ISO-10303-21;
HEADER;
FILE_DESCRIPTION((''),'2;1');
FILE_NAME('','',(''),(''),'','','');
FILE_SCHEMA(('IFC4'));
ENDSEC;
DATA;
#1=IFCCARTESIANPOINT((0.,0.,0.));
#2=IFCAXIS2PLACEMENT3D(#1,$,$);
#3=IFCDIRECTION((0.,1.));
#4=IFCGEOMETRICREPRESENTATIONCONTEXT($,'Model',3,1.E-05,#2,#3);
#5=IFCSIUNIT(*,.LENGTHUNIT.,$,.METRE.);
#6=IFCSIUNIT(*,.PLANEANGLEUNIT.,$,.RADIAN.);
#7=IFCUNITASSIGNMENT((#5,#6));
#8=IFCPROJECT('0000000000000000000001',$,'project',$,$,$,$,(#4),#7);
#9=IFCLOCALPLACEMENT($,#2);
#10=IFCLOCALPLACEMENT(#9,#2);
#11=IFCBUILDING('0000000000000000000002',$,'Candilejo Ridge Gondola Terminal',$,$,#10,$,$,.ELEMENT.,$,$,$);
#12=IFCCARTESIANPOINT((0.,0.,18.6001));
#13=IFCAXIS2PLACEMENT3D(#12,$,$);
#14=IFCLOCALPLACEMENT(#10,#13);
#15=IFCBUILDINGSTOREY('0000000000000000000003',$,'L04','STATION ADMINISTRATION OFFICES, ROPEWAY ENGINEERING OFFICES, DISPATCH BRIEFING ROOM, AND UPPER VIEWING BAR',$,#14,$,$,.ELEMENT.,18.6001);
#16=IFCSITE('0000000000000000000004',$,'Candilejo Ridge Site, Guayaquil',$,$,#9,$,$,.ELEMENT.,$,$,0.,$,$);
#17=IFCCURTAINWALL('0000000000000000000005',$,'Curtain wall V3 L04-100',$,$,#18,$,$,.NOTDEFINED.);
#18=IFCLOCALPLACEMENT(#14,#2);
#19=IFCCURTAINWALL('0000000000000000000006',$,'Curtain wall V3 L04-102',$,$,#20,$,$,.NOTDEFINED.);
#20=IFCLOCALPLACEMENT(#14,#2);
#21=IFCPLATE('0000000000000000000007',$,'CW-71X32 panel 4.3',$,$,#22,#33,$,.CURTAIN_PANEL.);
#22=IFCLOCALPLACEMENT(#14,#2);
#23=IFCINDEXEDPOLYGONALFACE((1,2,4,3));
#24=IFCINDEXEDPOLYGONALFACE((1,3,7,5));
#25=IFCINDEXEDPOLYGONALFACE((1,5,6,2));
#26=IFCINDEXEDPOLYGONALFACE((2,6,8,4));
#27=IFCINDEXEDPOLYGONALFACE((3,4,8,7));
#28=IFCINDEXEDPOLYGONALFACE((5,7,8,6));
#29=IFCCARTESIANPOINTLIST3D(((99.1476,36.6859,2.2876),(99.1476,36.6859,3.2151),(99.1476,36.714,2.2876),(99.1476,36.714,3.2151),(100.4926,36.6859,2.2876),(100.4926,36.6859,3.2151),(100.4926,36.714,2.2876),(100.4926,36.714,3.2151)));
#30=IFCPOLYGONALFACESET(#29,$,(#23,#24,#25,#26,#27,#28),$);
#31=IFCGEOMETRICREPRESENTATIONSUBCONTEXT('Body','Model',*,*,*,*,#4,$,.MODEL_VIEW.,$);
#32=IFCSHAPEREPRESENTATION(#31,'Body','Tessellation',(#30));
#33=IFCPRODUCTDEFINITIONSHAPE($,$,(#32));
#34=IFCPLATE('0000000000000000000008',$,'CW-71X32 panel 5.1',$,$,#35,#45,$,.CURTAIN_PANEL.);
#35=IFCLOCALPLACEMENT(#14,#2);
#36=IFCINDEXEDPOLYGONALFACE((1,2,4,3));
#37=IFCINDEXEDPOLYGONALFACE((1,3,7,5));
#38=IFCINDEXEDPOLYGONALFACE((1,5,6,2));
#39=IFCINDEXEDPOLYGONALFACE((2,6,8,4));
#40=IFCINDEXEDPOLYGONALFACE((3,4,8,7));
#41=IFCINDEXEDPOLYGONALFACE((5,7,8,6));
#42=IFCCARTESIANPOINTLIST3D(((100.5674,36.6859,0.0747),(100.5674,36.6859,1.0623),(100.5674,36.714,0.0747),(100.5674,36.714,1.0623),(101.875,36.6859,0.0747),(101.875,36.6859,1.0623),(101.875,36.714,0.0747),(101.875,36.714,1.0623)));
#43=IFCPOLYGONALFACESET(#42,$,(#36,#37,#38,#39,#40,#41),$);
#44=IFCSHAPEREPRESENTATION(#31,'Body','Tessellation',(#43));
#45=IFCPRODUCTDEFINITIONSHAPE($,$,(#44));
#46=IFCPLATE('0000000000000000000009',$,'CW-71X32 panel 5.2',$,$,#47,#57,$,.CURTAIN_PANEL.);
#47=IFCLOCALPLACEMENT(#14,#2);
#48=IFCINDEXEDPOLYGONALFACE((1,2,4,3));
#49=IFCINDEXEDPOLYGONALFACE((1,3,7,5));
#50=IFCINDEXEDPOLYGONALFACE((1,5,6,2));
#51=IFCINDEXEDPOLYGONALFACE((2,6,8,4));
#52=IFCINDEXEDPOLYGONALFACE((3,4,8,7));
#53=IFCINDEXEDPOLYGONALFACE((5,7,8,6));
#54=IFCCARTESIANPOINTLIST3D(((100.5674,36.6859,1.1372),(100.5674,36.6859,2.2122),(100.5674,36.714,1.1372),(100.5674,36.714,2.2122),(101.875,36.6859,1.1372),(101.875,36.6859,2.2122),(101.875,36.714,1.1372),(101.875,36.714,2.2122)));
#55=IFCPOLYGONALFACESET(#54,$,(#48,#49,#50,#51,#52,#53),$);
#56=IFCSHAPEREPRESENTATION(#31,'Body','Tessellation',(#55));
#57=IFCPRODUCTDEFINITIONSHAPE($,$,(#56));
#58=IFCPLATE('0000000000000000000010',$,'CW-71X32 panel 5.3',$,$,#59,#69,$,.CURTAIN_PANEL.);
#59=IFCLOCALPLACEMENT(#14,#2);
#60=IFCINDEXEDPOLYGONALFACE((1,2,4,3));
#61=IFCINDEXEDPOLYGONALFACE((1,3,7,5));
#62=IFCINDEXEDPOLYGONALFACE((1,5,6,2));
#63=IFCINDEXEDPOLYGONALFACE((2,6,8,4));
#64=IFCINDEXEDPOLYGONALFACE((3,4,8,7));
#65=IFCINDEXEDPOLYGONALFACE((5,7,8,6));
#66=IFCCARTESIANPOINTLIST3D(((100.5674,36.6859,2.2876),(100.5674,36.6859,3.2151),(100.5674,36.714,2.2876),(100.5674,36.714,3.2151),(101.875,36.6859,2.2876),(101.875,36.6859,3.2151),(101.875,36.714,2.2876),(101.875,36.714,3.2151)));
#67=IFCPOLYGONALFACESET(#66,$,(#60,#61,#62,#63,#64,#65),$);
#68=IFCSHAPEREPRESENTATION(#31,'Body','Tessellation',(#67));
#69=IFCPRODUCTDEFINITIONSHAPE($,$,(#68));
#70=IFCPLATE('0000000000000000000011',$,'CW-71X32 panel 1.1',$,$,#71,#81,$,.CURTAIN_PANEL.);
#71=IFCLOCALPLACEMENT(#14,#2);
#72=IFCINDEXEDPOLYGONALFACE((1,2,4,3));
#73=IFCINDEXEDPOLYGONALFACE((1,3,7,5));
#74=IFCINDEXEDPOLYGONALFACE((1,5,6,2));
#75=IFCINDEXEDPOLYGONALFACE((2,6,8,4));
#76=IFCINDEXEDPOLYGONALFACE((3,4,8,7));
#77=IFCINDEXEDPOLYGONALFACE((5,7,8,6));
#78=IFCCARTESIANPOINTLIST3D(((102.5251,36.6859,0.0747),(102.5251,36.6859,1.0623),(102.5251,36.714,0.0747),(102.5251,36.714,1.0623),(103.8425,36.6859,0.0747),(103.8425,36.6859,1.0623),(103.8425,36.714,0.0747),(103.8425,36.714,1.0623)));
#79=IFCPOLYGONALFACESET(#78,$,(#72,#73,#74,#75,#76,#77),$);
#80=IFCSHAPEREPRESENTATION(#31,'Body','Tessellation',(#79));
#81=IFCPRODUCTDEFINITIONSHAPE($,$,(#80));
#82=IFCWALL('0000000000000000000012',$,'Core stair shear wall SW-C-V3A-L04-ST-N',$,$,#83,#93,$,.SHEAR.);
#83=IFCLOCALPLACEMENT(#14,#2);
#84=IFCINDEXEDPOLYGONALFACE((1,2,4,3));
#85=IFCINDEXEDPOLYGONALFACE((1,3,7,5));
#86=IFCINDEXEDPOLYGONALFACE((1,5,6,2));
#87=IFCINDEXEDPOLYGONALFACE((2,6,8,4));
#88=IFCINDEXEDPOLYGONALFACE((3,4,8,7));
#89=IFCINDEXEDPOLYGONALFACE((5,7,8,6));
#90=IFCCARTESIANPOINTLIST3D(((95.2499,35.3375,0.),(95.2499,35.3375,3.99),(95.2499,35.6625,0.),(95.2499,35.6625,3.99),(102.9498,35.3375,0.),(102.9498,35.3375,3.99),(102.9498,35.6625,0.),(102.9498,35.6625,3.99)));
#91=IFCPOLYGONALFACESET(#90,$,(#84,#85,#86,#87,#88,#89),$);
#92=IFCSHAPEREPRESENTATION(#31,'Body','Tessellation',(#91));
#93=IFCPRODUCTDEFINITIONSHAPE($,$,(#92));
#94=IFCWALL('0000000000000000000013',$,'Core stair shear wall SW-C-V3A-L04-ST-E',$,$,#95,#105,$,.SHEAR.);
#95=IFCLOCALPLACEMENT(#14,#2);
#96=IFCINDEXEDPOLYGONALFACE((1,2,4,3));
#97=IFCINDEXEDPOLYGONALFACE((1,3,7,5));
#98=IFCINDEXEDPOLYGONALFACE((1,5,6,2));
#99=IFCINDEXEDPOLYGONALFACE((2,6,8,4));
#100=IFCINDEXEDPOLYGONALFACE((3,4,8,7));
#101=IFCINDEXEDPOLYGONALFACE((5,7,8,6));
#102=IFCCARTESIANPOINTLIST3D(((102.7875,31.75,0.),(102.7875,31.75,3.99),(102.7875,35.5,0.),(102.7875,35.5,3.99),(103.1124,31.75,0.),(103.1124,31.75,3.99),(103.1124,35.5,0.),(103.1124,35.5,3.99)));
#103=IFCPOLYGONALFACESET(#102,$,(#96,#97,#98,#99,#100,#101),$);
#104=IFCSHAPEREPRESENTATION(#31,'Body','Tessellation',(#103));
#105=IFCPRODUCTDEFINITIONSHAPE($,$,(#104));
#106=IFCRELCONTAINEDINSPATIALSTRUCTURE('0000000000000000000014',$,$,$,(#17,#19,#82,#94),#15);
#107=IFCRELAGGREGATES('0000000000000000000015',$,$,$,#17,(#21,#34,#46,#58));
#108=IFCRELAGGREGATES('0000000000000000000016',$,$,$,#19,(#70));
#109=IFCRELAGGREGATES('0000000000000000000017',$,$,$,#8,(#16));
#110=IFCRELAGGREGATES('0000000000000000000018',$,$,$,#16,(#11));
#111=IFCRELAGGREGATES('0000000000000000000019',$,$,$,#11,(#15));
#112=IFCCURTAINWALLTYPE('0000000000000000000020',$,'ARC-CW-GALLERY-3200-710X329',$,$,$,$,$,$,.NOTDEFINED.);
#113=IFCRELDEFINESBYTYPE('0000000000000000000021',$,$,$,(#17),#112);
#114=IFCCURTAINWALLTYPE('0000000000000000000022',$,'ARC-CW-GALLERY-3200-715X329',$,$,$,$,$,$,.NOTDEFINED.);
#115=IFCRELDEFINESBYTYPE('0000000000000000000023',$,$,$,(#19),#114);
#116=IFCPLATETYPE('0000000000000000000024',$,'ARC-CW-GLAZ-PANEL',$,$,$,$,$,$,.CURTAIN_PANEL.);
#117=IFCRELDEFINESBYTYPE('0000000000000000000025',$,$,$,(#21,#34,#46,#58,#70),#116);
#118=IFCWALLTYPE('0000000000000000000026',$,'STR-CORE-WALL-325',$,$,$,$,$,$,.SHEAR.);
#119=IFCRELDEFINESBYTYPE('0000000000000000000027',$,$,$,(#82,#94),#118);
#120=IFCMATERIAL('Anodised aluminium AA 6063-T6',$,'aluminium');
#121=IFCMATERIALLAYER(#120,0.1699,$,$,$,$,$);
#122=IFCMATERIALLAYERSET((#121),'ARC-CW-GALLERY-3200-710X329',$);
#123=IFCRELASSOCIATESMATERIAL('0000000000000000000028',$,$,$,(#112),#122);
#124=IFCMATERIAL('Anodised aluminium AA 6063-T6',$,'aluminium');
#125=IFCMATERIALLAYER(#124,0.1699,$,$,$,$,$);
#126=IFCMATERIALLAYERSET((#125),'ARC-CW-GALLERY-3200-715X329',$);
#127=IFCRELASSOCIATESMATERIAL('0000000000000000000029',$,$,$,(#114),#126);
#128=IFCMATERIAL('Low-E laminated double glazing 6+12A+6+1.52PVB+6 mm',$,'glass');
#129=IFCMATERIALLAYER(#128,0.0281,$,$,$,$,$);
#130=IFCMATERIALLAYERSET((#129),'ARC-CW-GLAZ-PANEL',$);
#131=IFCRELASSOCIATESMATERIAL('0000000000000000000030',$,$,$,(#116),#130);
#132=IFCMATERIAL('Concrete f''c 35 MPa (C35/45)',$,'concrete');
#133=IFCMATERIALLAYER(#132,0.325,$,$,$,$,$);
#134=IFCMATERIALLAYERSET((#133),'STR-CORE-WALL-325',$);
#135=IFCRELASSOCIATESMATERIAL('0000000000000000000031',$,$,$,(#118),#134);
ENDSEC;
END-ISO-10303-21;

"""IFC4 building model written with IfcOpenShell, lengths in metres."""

from ifc_helpers import new_model, si_unit, direction, frame, frame_2d, origin, origin_2d, place, context, subcontext, project, spatial, rectangle, extrude, material, layer, layer_set, type_object, element, aggregate, save


model = new_model("IFC4")

# Units and contexts
model_context = context("Model", 3, precision=1e-05, world=origin(), true_north=direction((0.0, 1.0)))
body_context = subcontext(model_context, "Body", "Model", "MODEL_VIEW")
ifc_project = project(units=[si_unit("LENGTHUNIT", "METRE"), si_unit("PLANEANGLEUNIT", "RADIAN")], contexts=[model_context])

# Site, building, storey
site_placement = place(None, origin())
site = spatial("IfcSite", under=ifc_project, at=site_placement, Name="Candilejo Ridge Site, Guayaquil", CompositionType="ELEMENT", RefElevation=0.0)
building_placement = place(site_placement, origin())
building = spatial("IfcBuilding", under=site, at=building_placement, Name="Candilejo Ridge Gondola Terminal", CompositionType="ELEMENT")
storey_placement = place(building_placement, frame((0.0, 0.0, 18.6001)))
storey = spatial("IfcBuildingStorey", under=building, at=storey_placement, Name="L04", Description="STATION ADMINISTRATION OFFICES, ROPEWAY ENGINEERING OFFICES, DISPATCH BRIEFING ROOM, AND UPPER VIEWING BAR", CompositionType="ELEMENT", Elevation=18.6001)

# Curtain wall
ifc_material_1 = material(Name="Anodised aluminium AA 6063-T6", Category="aluminium")
ifc_layer_1 = layer(ifc_material_1, 0.1699)
ifc_layer_set_1 = layer_set([ifc_layer_1], Name="ARC-CW-GALLERY-3200-710X329")
curtain_wall_type_1 = type_object("IfcCurtainWallType", Name="ARC-CW-GALLERY-3200-710X329", PredefinedType="NOTDEFINED", material=ifc_layer_set_1)
curtain_wall_1_placement = place(storey_placement, origin())
curtain_wall_1 = element("IfcCurtainWall", 1, at=curtain_wall_1_placement, inside=storey, type_object=curtain_wall_type_1, Name="Curtain wall V3 L04-100", PredefinedType="NOTDEFINED")

# Curtain wall
ifc_material_2 = material(Name="Anodised aluminium AA 6063-T6", Category="aluminium")
ifc_layer_2 = layer(ifc_material_2, 0.1699)
ifc_layer_set_2 = layer_set([ifc_layer_2], Name="ARC-CW-GALLERY-3200-715X329")
curtain_wall_type_2 = type_object("IfcCurtainWallType", Name="ARC-CW-GALLERY-3200-715X329", PredefinedType="NOTDEFINED", material=ifc_layer_set_2)
curtain_wall_2_placement = place(storey_placement, origin())
curtain_wall_2 = element("IfcCurtainWall", 2, at=curtain_wall_2_placement, inside=storey, type_object=curtain_wall_type_2, Name="Curtain wall V3 L04-102", PredefinedType="NOTDEFINED")

# Plates
ifc_material_3 = material(Name="Low-E laminated double glazing 6+12A+6+1.52PVB+6 mm", Category="glass")
ifc_layer_3 = layer(ifc_material_3, 0.0281)
ifc_layer_set_3 = layer_set([ifc_layer_3], Name="ARC-CW-GLAZ-PANEL")
plate_type = type_object("IfcPlateType", Name="ARC-CW-GLAZ-PANEL", PredefinedType="CURTAIN_PANEL", material=ifc_layer_set_3)
plate_1_placement = place(storey_placement, frame((99.8201, 36.7, 2.2876), z_axis=(0.0, 0.0, 1.0), x_axis=(1.0, 0.0, 0.0)))
plate_1 = element("IfcPlate", 3, at=plate_1_placement, type_object=plate_type, Name="CW-71X32 panel 4.3", PredefinedType="CURTAIN_PANEL", context=body_context, shape_type="SweptSolid", body=[
    extrude(rectangle(XDim=1.345, YDim=0.0281, at=origin_2d()), origin(), (0.0, 0.0, 1.0), 0.9275),
])
plate_2_placement = place(storey_placement, frame((101.2212, 36.7, 0.0747), z_axis=(0.0, 0.0, 1.0), x_axis=(1.0, 0.0, 0.0)))
plate_2 = element("IfcPlate", 4, at=plate_2_placement, type_object=plate_type, Name="CW-71X32 panel 5.1", PredefinedType="CURTAIN_PANEL", context=body_context, shape_type="SweptSolid", body=[
    extrude(rectangle(XDim=1.3076, YDim=0.0281, at=origin_2d()), origin(), (0.0, 0.0, 1.0), 0.9875),
])
plate_3_placement = place(storey_placement, frame((101.2212, 36.7, 1.1372), z_axis=(0.0, 0.0, 1.0), x_axis=(1.0, 0.0, 0.0)))
plate_3 = element("IfcPlate", 5, at=plate_3_placement, type_object=plate_type, Name="CW-71X32 panel 5.2", PredefinedType="CURTAIN_PANEL", context=body_context, shape_type="SweptSolid", body=[
    extrude(rectangle(XDim=1.3076, YDim=0.0281, at=origin_2d()), origin(), (0.0, 0.0, 1.0), 1.075),
])
plate_4_placement = place(storey_placement, frame((101.2212, 36.7, 2.2876), z_axis=(0.0, 0.0, 1.0), x_axis=(1.0, 0.0, 0.0)))
plate_4 = element("IfcPlate", 6, at=plate_4_placement, type_object=plate_type, Name="CW-71X32 panel 5.3", PredefinedType="CURTAIN_PANEL", context=body_context, shape_type="SweptSolid", body=[
    extrude(rectangle(XDim=1.3076, YDim=0.0281, at=origin_2d()), origin(), (0.0, 0.0, 1.0), 0.9275),
])
aggregate(curtain_wall_1, [plate_1, plate_2, plate_3, plate_4])
plate_5_placement = place(storey_placement, frame((103.1838, 36.7, 0.0747), z_axis=(0.0, 0.0, 1.0), x_axis=(1.0, 0.0, 0.0)))
plate_5 = element("IfcPlate", 7, at=plate_5_placement, type_object=plate_type, Name="CW-71X32 panel 1.1", PredefinedType="CURTAIN_PANEL", context=body_context, shape_type="SweptSolid", body=[
    extrude(rectangle(XDim=1.3174, YDim=0.0281, at=origin_2d()), origin(), (0.0, 0.0, 1.0), 0.9875),
])
aggregate(curtain_wall_2, [plate_5])

# Walls
ifc_material_4 = material(Name="Concrete f'c 35 MPa (C35/45)", Category="concrete")
ifc_layer_4 = layer(ifc_material_4, 0.325)
ifc_layer_set_4 = layer_set([ifc_layer_4], Name="STR-CORE-WALL-325")
wall_type = type_object("IfcWallType", Name="STR-CORE-WALL-325", PredefinedType="SHEAR", material=ifc_layer_set_4)
wall_1_placement = place(storey_placement, frame((102.95, 35.5, 0.0), z_axis=(0.0, 0.0, 1.0), x_axis=(-1.0, 0.0, 0.0)))
element("IfcWall", 8, at=wall_1_placement, inside=storey, type_object=wall_type, Name="Core stair shear wall SW-C-V3A-L04-ST-N", PredefinedType="SHEAR", context=body_context, shape_type="SweptSolid", body=[
    extrude(rectangle(XDim=7.7, YDim=0.325, at=frame_2d((3.8501, 0.0))), origin(), (0.0, 0.0, 1.0), 3.99),
])
wall_2_placement = place(storey_placement, frame((102.95, 31.75, 0.0), z_axis=(0.0, 0.0, 1.0), x_axis=(0.0, 1.0, 0.0)))
element("IfcWall", 9, at=wall_2_placement, inside=storey, type_object=wall_type, Name="Core stair shear wall SW-C-V3A-L04-ST-E", PredefinedType="SHEAR", context=body_context, shape_type="SweptSolid", body=[
    extrude(rectangle(XDim=3.75, YDim=0.325, at=frame_2d((1.875, 0.0))), origin(), (0.0, 0.0, 1.0), 3.99),
])

save(model, "model.ifc")
